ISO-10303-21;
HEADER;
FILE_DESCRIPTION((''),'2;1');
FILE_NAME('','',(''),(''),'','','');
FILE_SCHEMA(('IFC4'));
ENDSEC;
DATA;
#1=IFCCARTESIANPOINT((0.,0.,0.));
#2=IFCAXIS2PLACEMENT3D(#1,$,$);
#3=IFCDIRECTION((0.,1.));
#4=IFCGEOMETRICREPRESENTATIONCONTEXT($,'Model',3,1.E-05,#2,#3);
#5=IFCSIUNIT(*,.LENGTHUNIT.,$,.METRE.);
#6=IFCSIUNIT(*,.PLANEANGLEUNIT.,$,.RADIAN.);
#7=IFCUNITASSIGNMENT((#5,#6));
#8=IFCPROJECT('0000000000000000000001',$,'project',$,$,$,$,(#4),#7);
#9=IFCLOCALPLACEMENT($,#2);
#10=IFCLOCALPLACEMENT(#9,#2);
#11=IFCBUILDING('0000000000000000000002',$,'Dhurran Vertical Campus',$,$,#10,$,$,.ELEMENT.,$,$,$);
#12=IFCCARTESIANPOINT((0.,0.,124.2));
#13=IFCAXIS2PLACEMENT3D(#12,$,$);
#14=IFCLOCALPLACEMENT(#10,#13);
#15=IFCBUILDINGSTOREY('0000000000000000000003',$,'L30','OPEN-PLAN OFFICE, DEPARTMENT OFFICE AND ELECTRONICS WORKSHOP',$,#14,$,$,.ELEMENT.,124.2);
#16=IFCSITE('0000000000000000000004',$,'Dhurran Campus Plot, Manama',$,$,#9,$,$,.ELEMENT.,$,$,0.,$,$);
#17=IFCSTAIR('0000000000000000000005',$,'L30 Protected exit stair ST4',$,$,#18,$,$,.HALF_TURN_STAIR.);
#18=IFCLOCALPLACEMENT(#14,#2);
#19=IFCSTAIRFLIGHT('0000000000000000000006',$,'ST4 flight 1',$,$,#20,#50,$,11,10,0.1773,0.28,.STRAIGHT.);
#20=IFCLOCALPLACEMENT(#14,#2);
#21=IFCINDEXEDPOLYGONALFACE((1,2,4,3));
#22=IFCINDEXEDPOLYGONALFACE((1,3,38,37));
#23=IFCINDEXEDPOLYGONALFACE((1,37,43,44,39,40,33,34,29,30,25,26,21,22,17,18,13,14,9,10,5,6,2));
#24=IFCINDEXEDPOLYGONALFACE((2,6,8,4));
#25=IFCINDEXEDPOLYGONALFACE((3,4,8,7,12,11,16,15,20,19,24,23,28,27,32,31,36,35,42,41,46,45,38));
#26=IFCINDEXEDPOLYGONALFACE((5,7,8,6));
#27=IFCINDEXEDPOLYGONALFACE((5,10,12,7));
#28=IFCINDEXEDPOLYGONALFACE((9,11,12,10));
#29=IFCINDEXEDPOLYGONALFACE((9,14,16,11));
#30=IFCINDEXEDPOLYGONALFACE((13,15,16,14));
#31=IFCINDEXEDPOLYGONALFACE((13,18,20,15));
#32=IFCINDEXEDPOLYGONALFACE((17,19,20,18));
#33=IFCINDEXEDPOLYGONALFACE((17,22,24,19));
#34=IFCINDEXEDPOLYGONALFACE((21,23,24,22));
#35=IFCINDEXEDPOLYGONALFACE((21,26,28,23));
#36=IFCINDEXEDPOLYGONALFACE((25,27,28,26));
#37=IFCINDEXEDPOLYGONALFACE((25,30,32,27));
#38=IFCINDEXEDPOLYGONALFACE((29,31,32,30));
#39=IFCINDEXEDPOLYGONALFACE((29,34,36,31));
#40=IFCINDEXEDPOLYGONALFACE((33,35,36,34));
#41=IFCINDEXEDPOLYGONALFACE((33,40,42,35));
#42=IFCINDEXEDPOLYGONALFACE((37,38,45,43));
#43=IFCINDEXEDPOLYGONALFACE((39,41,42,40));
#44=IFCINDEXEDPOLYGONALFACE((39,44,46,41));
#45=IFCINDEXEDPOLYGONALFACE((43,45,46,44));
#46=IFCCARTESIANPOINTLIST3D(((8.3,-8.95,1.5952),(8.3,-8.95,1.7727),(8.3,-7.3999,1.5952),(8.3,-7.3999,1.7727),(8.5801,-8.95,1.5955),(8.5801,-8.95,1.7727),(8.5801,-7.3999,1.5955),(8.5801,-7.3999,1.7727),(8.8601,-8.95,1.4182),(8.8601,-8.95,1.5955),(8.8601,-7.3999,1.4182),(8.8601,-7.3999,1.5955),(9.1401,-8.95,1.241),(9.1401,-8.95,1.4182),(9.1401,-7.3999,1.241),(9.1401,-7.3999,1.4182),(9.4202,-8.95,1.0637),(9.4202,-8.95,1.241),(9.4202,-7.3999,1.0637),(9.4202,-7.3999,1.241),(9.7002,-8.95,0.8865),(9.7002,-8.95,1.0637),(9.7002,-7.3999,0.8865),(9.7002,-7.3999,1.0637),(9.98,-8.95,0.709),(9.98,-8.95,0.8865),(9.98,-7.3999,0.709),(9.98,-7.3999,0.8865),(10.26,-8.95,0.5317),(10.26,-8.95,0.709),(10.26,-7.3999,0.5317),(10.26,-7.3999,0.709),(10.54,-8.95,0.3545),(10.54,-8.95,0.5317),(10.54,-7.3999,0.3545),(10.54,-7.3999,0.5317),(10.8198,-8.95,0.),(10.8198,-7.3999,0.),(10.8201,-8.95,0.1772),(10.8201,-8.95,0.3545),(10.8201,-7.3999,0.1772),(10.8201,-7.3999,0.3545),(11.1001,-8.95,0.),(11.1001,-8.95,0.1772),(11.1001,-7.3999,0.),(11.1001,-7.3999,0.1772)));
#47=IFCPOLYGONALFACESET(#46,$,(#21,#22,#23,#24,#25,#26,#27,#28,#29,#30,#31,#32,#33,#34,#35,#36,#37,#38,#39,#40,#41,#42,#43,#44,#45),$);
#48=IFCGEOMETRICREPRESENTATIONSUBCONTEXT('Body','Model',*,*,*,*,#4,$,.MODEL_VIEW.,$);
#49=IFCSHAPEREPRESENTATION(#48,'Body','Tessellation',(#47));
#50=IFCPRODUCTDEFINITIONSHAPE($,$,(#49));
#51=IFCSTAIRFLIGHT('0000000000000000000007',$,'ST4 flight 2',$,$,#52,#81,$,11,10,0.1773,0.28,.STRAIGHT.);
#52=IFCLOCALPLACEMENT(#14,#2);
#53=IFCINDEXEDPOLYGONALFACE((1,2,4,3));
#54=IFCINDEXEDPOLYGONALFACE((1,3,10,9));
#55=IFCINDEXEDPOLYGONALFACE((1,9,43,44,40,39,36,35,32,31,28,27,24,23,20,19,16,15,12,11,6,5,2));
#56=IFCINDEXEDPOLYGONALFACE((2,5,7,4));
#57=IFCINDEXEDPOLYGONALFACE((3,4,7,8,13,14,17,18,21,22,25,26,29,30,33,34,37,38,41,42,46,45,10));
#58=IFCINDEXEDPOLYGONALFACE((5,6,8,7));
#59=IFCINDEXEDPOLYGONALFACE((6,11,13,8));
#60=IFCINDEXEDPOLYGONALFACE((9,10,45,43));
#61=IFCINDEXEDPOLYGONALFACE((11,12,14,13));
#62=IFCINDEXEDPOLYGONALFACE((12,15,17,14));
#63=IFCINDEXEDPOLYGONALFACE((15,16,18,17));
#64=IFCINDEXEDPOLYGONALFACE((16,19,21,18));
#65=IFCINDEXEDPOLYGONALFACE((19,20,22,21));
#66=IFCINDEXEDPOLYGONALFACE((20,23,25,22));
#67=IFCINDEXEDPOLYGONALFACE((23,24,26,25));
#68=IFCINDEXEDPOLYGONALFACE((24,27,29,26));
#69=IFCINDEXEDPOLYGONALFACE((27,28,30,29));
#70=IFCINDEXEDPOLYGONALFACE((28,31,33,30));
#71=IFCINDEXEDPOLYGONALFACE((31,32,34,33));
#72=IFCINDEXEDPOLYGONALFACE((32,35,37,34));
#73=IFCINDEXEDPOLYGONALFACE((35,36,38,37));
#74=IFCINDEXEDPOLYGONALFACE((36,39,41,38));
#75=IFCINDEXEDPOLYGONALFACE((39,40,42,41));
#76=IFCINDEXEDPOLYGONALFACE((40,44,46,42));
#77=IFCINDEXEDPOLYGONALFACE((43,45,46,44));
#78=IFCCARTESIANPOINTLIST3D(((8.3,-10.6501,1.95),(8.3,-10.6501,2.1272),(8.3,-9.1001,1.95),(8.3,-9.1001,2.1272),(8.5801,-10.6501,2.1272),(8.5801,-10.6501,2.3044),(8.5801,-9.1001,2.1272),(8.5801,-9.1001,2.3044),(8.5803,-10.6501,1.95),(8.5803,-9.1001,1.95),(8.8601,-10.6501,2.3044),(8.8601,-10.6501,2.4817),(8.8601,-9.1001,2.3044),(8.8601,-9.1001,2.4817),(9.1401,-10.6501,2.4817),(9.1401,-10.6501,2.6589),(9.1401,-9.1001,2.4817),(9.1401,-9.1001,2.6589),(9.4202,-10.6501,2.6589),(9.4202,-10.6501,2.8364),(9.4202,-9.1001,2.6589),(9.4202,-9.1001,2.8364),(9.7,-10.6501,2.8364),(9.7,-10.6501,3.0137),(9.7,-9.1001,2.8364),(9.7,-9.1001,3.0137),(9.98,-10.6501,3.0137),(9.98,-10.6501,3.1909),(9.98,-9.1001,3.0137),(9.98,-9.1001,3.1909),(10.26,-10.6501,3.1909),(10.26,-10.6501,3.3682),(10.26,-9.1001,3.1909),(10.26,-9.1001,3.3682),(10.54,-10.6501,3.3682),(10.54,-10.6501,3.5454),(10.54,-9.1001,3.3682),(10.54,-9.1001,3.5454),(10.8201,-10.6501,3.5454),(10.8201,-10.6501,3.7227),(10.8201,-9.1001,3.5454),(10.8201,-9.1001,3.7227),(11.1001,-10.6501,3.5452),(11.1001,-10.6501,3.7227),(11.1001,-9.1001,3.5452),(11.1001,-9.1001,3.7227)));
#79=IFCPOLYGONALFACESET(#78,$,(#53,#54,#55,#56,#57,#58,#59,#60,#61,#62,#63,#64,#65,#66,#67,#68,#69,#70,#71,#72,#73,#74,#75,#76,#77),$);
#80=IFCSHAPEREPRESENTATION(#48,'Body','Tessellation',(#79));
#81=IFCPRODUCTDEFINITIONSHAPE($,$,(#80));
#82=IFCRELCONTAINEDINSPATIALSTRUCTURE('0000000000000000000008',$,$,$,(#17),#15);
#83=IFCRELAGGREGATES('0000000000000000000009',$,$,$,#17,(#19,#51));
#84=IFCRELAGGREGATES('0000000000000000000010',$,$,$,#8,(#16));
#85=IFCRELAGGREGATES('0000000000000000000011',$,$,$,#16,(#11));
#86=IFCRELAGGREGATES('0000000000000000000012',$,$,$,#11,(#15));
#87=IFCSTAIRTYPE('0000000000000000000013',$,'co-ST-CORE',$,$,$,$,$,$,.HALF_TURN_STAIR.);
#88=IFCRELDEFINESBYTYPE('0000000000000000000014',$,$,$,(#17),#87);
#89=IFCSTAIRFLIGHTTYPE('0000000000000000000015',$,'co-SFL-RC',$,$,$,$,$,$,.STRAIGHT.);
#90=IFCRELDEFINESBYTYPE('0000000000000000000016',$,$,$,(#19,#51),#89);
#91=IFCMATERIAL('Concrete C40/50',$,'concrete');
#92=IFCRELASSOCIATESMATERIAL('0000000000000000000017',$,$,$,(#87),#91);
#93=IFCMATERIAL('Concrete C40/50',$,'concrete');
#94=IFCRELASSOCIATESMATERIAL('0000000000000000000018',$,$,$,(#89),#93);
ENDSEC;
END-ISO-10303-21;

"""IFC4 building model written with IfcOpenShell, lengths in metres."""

from ifc_helpers import new_model, si_unit, direction, frame, origin, place, context, subcontext, project, spatial, polyline, outline, extrude, material, type_object, element, aggregate, save


model = new_model("IFC4")

# Units and contexts
model_context = context("Model", 3, precision=1e-05, world=origin(), true_north=direction((0.0, 1.0)))
body_context = subcontext(model_context, "Body", "Model", "MODEL_VIEW")
ifc_project = project(units=[si_unit("LENGTHUNIT", "METRE"), si_unit("PLANEANGLEUNIT", "RADIAN")], contexts=[model_context])

# Site, building, storey
site_placement = place(None, origin())
site = spatial("IfcSite", under=ifc_project, at=site_placement, Name="Dhurran Campus Plot, Manama", CompositionType="ELEMENT", RefElevation=0.0)
building_placement = place(site_placement, origin())
building = spatial("IfcBuilding", under=site, at=building_placement, Name="Dhurran Vertical Campus", CompositionType="ELEMENT")
storey_placement = place(building_placement, frame((0.0, 0.0, 124.2)))
storey = spatial("IfcBuildingStorey", under=building, at=storey_placement, Name="L30", Description="OPEN-PLAN OFFICE, DEPARTMENT OFFICE AND ELECTRONICS WORKSHOP", CompositionType="ELEMENT", Elevation=124.2)

# Stair, stair flights
ifc_material_1 = material(Name="Concrete C40/50", Category="concrete")
stair_type = type_object("IfcStairType", Name="co-ST-CORE", PredefinedType="HALF_TURN_STAIR", material=ifc_material_1)
stair_placement = place(storey_placement, origin())
stair = element("IfcStair", 1, at=stair_placement, inside=storey, type_object=stair_type, Name="L30 Protected exit stair ST4", PredefinedType="HALF_TURN_STAIR")
ifc_material_2 = material(Name="Concrete C40/50", Category="concrete")
stair_flight_type = type_object("IfcStairFlightType", Name="co-SFL-RC", PredefinedType="STRAIGHT", material=ifc_material_2)
stair_flight_1_placement = place(storey_placement, frame((11.1001, -8.175, 0.0), z_axis=(0.0, 0.0, 1.0), x_axis=(-1.0, 0.0, 0.0)))
stair_flight_1 = element("IfcStairFlight", 2, at=stair_flight_1_placement, type_object=stair_flight_type, Name="ST4 flight 1", NumberOfRisers=11, NumberOfTreads=10, PredefinedType="STRAIGHT", RiserHeight=0.1773, TreadLength=0.28, context=body_context, shape_type="SweptSolid", body=[
    extrude(outline(polyline([(0.0, 0.0), (0.0, 0.1772), (0.28, 0.1772), (0.28, 0.3545), (0.5601, 0.3545), (0.5601, 0.5317), (0.8401, 0.5317), (0.8401, 0.709), (1.1201, 0.709), (1.1201, 0.8865), (1.3999, 0.8865), (1.3999, 1.0637), (1.6799, 1.0637), (1.6799, 1.241), (1.96, 1.241), (1.96, 1.4182), (2.24, 1.4182), (2.24, 1.5955), (2.52, 1.5955), (2.52, 1.7727), (2.8, 1.7727), (2.8, 1.95), (2.8, 1.5952), (0.2803, 0.0), (0.0, 0.0)])), frame((0.0, 0.7749, 0.0), z_axis=(0.0, -1.0, 0.0), x_axis=(1.0, 0.0, 0.0)), (0.0, 0.0, 1.0), 1.55),
])
stair_flight_2_placement = place(storey_placement, frame((8.3, -9.875, 1.95), z_axis=(0.0, 0.0, 1.0), x_axis=(1.0, 0.0, 0.0)))
stair_flight_2 = element("IfcStairFlight", 3, at=stair_flight_2_placement, type_object=stair_flight_type, Name="ST4 flight 2", NumberOfRisers=11, NumberOfTreads=10, PredefinedType="STRAIGHT", RiserHeight=0.1773, TreadLength=0.28, context=body_context, shape_type="SweptSolid", body=[
    extrude(outline(polyline([(0.0, 0.0), (0.0, 0.1772), (0.28, 0.1772), (0.28, 0.3545), (0.5601, 0.3545), (0.5601, 0.5317), (0.8401, 0.5317), (0.8401, 0.709), (1.1201, 0.709), (1.1201, 0.8865), (1.3999, 0.8865), (1.3999, 1.0637), (1.6799, 1.0637), (1.6799, 1.241), (1.96, 1.241), (1.96, 1.4182), (2.24, 1.4182), (2.24, 1.5955), (2.52, 1.5955), (2.52, 1.7727), (2.8, 1.7727), (2.8, 1.95), (2.8, 1.5952), (0.2803, 0.0), (0.0, 0.0)])), frame((0.0, 0.7749, 0.0), z_axis=(0.0, -1.0, 0.0), x_axis=(1.0, 0.0, 0.0)), (0.0, 0.0, 1.0), 1.55),
])
aggregate(stair, [stair_flight_1, stair_flight_2])

save(model, "model.ifc")
